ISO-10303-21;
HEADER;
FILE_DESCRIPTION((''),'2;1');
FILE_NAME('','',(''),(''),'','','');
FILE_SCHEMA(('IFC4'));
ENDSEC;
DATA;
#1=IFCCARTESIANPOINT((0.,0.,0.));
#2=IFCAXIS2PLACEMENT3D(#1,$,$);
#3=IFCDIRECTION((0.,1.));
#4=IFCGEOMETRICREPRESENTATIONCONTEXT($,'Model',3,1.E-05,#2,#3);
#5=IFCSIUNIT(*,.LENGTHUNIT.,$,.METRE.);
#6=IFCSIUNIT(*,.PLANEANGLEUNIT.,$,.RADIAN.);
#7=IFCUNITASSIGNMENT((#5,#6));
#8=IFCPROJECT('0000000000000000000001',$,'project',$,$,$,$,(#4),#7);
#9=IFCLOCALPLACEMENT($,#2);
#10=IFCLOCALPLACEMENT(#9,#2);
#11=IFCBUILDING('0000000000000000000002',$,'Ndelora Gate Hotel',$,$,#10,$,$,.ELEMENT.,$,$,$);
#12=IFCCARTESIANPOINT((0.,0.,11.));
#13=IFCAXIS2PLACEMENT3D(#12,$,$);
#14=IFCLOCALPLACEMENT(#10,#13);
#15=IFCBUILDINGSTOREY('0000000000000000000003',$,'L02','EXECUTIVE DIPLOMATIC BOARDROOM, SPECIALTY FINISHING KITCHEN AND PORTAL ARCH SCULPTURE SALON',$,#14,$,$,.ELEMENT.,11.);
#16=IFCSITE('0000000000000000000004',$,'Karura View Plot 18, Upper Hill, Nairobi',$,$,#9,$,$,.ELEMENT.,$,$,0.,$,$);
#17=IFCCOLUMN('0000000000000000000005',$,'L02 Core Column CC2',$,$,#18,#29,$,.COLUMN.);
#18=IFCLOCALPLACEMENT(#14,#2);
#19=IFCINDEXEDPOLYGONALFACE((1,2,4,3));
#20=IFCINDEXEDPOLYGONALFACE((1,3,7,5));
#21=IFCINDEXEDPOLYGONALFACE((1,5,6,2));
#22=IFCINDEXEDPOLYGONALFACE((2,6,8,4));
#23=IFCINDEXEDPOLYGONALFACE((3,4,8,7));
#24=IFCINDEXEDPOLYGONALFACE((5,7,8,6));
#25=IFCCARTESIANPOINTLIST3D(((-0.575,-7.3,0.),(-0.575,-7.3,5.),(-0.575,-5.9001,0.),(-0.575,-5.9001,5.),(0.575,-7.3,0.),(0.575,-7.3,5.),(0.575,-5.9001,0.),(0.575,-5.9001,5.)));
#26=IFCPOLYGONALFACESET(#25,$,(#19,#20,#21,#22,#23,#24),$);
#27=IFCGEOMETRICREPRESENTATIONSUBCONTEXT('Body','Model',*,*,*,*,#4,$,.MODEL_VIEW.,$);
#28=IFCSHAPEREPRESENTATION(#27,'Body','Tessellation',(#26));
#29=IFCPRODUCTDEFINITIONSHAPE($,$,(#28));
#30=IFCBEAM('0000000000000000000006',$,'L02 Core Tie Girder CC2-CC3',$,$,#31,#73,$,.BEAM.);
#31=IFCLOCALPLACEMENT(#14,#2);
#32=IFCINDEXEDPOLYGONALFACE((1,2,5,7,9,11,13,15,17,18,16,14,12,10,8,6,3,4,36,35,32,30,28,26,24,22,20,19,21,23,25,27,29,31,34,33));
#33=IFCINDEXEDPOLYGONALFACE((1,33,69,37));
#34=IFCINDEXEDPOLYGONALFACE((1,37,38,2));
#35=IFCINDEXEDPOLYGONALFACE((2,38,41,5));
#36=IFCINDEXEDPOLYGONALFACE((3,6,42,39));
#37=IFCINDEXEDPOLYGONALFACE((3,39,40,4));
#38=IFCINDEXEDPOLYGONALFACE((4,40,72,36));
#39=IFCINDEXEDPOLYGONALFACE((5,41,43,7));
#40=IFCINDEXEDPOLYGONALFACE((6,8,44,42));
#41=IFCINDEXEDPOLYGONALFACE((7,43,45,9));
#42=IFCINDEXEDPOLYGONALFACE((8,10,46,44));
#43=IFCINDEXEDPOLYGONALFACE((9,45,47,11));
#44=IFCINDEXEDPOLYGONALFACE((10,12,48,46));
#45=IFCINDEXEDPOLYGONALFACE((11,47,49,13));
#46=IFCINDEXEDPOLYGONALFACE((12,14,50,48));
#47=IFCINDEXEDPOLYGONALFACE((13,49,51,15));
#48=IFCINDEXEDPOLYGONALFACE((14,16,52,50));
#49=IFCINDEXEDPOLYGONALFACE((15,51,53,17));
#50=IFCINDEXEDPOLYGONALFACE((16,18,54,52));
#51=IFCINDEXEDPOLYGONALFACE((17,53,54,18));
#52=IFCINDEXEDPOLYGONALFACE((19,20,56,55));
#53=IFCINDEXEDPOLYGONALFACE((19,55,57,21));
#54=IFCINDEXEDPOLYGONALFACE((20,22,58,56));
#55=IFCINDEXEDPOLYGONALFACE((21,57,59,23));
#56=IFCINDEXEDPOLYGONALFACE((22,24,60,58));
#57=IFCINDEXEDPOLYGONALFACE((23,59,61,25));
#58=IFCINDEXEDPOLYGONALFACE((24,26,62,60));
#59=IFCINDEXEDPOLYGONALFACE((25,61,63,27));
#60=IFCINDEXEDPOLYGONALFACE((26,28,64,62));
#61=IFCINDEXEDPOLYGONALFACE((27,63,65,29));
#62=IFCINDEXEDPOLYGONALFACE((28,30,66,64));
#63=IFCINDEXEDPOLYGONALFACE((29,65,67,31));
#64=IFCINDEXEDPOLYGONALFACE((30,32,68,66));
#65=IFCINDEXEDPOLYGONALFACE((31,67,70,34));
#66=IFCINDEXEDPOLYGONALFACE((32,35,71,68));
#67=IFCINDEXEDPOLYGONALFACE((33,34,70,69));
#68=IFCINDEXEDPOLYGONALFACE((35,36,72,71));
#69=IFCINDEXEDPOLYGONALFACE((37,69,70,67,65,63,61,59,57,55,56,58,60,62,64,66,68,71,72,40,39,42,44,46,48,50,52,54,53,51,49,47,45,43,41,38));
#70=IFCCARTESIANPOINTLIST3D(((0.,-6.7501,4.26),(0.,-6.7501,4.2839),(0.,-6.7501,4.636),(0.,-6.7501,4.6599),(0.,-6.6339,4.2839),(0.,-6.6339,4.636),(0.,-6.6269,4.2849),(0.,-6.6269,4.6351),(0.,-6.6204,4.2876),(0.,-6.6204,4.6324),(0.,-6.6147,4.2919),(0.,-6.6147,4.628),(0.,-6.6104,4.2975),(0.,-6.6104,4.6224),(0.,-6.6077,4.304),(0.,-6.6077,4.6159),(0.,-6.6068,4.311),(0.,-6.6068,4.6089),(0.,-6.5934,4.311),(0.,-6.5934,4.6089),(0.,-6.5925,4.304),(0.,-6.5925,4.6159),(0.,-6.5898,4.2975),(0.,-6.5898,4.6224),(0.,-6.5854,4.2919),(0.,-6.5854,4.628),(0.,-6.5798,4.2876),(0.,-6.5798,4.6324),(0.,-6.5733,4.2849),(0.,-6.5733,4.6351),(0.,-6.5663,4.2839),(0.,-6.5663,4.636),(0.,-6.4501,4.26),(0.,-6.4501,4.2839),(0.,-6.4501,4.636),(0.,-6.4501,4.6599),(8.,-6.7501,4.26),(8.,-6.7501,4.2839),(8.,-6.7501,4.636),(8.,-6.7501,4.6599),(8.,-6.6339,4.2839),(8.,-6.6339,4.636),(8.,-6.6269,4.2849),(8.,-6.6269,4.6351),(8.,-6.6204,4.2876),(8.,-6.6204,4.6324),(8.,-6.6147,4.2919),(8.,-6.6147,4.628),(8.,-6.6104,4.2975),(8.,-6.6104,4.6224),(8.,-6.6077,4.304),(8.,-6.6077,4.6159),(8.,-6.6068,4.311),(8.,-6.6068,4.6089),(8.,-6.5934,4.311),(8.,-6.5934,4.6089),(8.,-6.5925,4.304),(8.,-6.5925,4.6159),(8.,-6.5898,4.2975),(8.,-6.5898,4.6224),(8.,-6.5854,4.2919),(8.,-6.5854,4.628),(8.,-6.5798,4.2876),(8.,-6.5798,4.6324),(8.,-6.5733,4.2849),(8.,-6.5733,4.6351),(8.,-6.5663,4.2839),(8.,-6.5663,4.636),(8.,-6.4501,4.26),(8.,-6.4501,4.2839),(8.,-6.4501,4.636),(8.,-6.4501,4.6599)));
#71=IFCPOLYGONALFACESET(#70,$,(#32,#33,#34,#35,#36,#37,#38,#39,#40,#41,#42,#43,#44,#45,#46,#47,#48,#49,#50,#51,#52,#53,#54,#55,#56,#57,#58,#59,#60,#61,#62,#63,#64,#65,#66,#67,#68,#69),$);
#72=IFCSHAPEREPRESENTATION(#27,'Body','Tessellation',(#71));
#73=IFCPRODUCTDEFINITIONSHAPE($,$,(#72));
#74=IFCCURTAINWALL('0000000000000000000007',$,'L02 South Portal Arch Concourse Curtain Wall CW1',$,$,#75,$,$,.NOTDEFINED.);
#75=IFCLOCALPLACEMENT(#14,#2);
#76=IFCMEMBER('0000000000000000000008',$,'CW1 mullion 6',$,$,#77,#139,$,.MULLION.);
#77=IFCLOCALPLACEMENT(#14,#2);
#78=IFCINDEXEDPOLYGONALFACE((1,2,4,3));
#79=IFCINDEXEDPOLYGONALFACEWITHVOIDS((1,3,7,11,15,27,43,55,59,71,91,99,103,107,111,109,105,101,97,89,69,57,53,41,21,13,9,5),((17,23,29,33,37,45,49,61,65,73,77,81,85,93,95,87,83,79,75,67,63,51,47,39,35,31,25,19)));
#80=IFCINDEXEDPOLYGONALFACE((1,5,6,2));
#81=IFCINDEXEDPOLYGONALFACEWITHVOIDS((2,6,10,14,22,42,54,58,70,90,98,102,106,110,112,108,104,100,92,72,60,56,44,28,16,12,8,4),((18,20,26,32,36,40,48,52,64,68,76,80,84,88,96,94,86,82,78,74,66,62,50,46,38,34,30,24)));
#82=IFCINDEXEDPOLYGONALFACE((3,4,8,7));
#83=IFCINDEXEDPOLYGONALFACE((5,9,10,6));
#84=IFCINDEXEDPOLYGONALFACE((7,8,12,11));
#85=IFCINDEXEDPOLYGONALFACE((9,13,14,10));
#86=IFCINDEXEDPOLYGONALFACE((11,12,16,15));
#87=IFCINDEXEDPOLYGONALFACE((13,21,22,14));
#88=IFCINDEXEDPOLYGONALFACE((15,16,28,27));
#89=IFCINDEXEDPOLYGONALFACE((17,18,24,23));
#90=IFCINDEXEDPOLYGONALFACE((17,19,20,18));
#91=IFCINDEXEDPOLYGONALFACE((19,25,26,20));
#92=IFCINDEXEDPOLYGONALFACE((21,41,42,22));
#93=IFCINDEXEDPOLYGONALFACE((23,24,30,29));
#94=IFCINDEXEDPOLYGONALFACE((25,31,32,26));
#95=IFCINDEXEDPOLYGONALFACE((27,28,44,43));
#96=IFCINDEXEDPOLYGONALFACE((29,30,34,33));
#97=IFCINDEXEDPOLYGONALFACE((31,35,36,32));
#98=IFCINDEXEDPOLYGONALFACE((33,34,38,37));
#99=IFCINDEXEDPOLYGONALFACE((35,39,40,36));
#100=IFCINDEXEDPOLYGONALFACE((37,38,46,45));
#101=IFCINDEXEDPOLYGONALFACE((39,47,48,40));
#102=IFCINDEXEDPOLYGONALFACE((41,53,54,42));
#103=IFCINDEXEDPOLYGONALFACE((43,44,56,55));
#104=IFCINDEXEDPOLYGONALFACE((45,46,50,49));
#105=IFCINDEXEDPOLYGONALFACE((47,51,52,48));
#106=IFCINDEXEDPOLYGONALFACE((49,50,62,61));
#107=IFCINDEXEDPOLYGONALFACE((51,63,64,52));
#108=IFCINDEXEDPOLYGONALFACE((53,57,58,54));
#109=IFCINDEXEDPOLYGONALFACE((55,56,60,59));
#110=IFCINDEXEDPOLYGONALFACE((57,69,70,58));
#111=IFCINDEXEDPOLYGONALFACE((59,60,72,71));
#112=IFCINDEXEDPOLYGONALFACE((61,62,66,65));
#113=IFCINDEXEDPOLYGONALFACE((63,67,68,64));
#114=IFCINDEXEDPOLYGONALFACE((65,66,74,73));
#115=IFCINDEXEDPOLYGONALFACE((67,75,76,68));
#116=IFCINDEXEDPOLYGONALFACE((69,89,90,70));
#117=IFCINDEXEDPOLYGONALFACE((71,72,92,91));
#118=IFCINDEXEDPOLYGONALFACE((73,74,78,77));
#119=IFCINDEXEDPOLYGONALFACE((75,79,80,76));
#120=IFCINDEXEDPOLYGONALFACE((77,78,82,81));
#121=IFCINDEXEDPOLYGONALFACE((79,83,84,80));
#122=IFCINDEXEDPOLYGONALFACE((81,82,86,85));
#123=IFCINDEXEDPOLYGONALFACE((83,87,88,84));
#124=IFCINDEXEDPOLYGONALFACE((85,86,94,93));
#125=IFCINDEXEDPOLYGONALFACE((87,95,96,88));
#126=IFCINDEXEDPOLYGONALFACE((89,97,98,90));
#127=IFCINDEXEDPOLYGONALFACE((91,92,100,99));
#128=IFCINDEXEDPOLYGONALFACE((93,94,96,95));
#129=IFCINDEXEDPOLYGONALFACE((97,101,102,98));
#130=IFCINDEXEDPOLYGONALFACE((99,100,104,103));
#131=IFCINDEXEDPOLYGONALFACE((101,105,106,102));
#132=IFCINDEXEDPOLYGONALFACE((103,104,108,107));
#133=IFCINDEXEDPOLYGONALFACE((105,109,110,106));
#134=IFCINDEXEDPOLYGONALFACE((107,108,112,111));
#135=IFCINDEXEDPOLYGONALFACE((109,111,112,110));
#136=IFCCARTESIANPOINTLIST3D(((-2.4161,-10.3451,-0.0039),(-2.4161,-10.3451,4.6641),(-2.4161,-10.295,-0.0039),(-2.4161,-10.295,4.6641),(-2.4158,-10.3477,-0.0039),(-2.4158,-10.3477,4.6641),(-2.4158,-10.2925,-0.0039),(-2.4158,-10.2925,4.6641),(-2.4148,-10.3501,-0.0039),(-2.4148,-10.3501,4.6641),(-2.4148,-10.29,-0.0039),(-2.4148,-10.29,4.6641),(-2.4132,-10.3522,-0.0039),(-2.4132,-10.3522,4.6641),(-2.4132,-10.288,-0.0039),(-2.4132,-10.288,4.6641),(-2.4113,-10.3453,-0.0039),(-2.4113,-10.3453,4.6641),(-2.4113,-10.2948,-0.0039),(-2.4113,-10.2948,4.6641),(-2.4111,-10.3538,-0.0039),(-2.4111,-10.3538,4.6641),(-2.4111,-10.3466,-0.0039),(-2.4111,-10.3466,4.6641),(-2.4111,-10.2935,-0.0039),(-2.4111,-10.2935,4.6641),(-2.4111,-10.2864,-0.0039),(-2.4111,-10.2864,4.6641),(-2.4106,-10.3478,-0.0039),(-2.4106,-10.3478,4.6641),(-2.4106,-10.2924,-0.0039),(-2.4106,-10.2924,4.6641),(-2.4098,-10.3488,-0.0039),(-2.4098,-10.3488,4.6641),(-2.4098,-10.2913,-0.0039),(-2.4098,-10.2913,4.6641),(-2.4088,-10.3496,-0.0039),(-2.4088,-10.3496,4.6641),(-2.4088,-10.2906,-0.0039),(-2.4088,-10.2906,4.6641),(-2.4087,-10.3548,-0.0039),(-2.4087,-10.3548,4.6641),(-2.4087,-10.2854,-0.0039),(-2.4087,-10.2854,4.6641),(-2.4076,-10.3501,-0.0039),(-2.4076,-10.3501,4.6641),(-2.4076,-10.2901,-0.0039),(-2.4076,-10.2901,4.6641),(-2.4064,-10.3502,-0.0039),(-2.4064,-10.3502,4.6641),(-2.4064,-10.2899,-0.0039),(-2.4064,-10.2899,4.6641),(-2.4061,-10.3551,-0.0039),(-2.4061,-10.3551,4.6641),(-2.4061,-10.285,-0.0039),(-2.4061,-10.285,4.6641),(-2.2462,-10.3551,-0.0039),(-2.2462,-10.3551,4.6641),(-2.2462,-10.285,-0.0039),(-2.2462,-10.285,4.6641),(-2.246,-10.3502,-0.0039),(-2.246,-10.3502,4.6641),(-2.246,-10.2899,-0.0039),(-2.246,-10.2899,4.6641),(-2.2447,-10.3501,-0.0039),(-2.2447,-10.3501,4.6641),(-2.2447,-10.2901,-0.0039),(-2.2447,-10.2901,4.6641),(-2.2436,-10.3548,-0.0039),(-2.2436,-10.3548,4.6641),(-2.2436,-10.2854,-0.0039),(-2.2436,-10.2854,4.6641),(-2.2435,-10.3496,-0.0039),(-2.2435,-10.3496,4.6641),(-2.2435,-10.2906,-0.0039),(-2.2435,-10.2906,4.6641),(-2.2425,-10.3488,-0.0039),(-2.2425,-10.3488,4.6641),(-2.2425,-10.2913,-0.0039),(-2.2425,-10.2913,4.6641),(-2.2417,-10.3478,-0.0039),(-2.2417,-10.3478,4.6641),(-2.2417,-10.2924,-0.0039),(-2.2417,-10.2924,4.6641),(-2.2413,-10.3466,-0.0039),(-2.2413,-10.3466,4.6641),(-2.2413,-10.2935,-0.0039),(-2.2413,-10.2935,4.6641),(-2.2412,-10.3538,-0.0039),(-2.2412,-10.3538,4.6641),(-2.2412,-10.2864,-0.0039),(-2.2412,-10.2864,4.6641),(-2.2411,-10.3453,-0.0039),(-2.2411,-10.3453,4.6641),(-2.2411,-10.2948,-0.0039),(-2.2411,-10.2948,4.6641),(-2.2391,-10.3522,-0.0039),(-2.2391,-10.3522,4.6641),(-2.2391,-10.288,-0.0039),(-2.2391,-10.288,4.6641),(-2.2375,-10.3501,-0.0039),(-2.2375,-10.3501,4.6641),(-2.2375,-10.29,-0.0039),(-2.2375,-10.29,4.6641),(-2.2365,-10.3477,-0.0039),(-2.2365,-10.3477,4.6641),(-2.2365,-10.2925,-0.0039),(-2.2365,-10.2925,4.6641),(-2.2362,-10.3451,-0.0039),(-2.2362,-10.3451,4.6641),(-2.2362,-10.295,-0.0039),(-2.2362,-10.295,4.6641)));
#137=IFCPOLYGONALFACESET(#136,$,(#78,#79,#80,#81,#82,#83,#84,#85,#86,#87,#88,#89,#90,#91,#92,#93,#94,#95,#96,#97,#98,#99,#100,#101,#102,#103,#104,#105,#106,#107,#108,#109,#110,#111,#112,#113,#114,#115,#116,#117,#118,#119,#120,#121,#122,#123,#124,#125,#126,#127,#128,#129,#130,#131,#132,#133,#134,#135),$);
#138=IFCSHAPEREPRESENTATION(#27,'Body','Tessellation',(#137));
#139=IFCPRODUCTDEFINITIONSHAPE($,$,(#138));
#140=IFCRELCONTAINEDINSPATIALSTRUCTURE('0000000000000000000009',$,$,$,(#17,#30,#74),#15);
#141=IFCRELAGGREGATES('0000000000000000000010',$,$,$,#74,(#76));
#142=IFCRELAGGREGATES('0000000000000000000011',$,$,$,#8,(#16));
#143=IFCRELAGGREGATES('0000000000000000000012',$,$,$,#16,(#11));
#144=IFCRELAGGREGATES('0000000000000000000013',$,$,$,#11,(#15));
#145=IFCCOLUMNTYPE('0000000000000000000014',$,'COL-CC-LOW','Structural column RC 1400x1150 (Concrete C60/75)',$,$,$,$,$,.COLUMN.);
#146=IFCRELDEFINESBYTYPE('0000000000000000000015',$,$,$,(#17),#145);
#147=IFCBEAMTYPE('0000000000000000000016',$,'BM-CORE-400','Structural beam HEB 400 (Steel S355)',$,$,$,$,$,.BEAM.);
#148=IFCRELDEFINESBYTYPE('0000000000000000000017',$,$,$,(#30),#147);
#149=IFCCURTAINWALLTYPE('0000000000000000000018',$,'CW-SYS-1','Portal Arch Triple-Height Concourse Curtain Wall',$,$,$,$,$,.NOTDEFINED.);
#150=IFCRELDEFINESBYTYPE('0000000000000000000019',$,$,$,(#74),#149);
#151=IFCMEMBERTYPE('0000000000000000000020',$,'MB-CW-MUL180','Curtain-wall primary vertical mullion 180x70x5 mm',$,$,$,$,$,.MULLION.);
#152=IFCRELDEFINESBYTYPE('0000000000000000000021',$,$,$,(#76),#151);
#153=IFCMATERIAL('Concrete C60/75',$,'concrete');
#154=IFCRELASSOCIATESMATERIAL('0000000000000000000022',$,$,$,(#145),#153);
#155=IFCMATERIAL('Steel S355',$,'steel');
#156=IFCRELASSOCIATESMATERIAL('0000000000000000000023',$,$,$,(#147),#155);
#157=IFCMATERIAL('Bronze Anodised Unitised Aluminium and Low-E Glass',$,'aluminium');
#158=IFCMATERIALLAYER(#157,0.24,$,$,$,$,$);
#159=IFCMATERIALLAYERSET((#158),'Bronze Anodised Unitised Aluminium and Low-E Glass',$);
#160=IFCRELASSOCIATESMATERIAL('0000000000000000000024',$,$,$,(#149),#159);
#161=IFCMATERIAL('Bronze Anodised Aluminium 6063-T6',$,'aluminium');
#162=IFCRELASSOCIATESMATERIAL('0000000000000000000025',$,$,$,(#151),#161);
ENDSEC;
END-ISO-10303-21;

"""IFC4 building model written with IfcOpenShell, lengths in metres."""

from ifc_helpers import new_model, si_unit, direction, frame, origin, origin_2d, place, context, subcontext, project, spatial, rectangle, hollow_rectangle, i_section, extrude, material, layer, layer_set, material_profile, profile_set, type_object, element, aggregate, save


model = new_model("IFC4")

# Units and contexts
model_context = context("Model", 3, precision=1e-05, world=origin(), true_north=direction((0.0, 1.0)))
body_context = subcontext(model_context, "Body", "Model", "MODEL_VIEW")
ifc_project = project(units=[si_unit("LENGTHUNIT", "METRE"), si_unit("PLANEANGLEUNIT", "RADIAN")], contexts=[model_context])

# Site, building, storey
site_placement = place(None, origin())
site = spatial("IfcSite", under=ifc_project, at=site_placement, Name="Karura View Plot 18, Upper Hill, Nairobi", CompositionType="ELEMENT", RefElevation=0.0)
building_placement = place(site_placement, origin())
building = spatial("IfcBuilding", under=site, at=building_placement, Name="Ndelora Gate Hotel", CompositionType="ELEMENT")
storey_placement = place(building_placement, frame((0.0, 0.0, 11.0)))
storey = spatial("IfcBuildingStorey", under=building, at=storey_placement, Name="L02", Description="EXECUTIVE DIPLOMATIC BOARDROOM, SPECIALTY FINISHING KITCHEN AND PORTAL ARCH SCULPTURE SALON", CompositionType="ELEMENT", Elevation=11.0)

# Column
ifc_material_1 = material(Name="Concrete C60/75", Category="concrete")
ifc_material_profile_1 = material_profile(ifc_material_1, rectangle(XDim=1.1499, YDim=1.3999, at=origin_2d()), Name="RC 1400x1150")
ifc_profile_set_1 = profile_set([ifc_material_profile_1], Name="Concrete C60/75")
column_type = type_object("IfcColumnType", Name="COL-CC-LOW", Description="Structural column RC 1400x1150 (Concrete C60/75)", PredefinedType="COLUMN", material=ifc_profile_set_1)
column_placement = place(storey_placement, frame((0.0, -6.6001, 0.0), z_axis=(0.0, 0.0, 1.0), x_axis=(1.0, 0.0, 0.0)))
element("IfcColumn", 1, at=column_placement, inside=storey, type_object=column_type, Name="L02 Core Column CC2", PredefinedType="COLUMN", context=body_context, shape_type="SweptSolid", body=[
    extrude(rectangle(XDim=1.1499, YDim=1.3999, at=origin_2d()), origin(), (0.0, 0.0, 1.0), 5.0),
])

# Beam
ifc_material_2 = material(Name="Steel S355", Category="steel")
ifc_material_profile_2 = material_profile(ifc_material_2, i_section(OverallWidth=0.3, OverallDepth=0.3999, WebThickness=0.0134, FlangeThickness=0.0239, FilletRadius=0.0271, at=origin_2d()), Name="HEB 400")
ifc_profile_set_2 = profile_set([ifc_material_profile_2], Name="Steel S355")
beam_type = type_object("IfcBeamType", Name="BM-CORE-400", Description="Structural beam HEB 400 (Steel S355)", PredefinedType="BEAM", material=ifc_profile_set_2)
beam_placement = place(storey_placement, frame((0.0, -6.6001, 4.46), z_axis=(1.0, 0.0, 0.0), x_axis=(0.0, 1.0, 0.0)))
element("IfcBeam", 2, at=beam_placement, inside=storey, type_object=beam_type, Name="L02 Core Tie Girder CC2-CC3", PredefinedType="BEAM", context=body_context, shape_type="SweptSolid", body=[
    extrude(i_section(OverallWidth=0.3, OverallDepth=0.3999, WebThickness=0.0134, FlangeThickness=0.0239, FilletRadius=0.0271, at=origin_2d()), origin(), (0.0, 0.0, 1.0), 8.0),
])

# Curtain wall, member
ifc_material_3 = material(Name="Bronze Anodised Unitised Aluminium and Low-E Glass", Category="aluminium")
ifc_layer_1 = layer(ifc_material_3, 0.24)
ifc_layer_set_1 = layer_set([ifc_layer_1], Name="Bronze Anodised Unitised Aluminium and Low-E Glass")
curtain_wall_type = type_object("IfcCurtainWallType", Name="CW-SYS-1", Description="Portal Arch Triple-Height Concourse Curtain Wall", PredefinedType="NOTDEFINED", material=ifc_layer_set_1)
curtain_wall_placement = place(storey_placement, origin())
curtain_wall = element("IfcCurtainWall", 3, at=curtain_wall_placement, inside=storey, type_object=curtain_wall_type, Name="L02 South Portal Arch Concourse Curtain Wall CW1", PredefinedType="NOTDEFINED")
ifc_material_4 = material(Name="Bronze Anodised Aluminium 6063-T6", Category="aluminium")
ifc_material_profile_3 = material_profile(ifc_material_4, hollow_rectangle(XDim=0.0701, YDim=0.1799, WallThickness=0.0049, InnerFilletRadius=0.0049, OuterFilletRadius=0.01, at=origin_2d()), Name="ALU 180x70x5")
ifc_profile_set_3 = profile_set([ifc_material_profile_3], Name="Bronze Anodised Aluminium 6063-T6")
member_type_1 = type_object("IfcMemberType", Name="MB-CW-MUL180", Description="Curtain-wall primary vertical mullion 180x70x5 mm", PredefinedType="MULLION", material=ifc_profile_set_3)
member_1_placement = place(storey_placement, frame((-2.3262, -10.3201, -0.0039), z_axis=(0.0, 0.0, 1.0), x_axis=(0.0, 1.0, 0.0)))
member_1 = element("IfcMember", 4, at=member_1_placement, type_object=member_type_1, Name="CW1 mullion 6", PredefinedType="MULLION", context=body_context, shape_type="SweptSolid", body=[
    extrude(hollow_rectangle(XDim=0.0701, YDim=0.1799, WallThickness=0.0049, InnerFilletRadius=0.0049, OuterFilletRadius=0.01, at=origin_2d()), origin(), (0.0, 0.0, 1.0), 4.668),
])
aggregate(curtain_wall, [member_1])

save(model, "model.ifc")
